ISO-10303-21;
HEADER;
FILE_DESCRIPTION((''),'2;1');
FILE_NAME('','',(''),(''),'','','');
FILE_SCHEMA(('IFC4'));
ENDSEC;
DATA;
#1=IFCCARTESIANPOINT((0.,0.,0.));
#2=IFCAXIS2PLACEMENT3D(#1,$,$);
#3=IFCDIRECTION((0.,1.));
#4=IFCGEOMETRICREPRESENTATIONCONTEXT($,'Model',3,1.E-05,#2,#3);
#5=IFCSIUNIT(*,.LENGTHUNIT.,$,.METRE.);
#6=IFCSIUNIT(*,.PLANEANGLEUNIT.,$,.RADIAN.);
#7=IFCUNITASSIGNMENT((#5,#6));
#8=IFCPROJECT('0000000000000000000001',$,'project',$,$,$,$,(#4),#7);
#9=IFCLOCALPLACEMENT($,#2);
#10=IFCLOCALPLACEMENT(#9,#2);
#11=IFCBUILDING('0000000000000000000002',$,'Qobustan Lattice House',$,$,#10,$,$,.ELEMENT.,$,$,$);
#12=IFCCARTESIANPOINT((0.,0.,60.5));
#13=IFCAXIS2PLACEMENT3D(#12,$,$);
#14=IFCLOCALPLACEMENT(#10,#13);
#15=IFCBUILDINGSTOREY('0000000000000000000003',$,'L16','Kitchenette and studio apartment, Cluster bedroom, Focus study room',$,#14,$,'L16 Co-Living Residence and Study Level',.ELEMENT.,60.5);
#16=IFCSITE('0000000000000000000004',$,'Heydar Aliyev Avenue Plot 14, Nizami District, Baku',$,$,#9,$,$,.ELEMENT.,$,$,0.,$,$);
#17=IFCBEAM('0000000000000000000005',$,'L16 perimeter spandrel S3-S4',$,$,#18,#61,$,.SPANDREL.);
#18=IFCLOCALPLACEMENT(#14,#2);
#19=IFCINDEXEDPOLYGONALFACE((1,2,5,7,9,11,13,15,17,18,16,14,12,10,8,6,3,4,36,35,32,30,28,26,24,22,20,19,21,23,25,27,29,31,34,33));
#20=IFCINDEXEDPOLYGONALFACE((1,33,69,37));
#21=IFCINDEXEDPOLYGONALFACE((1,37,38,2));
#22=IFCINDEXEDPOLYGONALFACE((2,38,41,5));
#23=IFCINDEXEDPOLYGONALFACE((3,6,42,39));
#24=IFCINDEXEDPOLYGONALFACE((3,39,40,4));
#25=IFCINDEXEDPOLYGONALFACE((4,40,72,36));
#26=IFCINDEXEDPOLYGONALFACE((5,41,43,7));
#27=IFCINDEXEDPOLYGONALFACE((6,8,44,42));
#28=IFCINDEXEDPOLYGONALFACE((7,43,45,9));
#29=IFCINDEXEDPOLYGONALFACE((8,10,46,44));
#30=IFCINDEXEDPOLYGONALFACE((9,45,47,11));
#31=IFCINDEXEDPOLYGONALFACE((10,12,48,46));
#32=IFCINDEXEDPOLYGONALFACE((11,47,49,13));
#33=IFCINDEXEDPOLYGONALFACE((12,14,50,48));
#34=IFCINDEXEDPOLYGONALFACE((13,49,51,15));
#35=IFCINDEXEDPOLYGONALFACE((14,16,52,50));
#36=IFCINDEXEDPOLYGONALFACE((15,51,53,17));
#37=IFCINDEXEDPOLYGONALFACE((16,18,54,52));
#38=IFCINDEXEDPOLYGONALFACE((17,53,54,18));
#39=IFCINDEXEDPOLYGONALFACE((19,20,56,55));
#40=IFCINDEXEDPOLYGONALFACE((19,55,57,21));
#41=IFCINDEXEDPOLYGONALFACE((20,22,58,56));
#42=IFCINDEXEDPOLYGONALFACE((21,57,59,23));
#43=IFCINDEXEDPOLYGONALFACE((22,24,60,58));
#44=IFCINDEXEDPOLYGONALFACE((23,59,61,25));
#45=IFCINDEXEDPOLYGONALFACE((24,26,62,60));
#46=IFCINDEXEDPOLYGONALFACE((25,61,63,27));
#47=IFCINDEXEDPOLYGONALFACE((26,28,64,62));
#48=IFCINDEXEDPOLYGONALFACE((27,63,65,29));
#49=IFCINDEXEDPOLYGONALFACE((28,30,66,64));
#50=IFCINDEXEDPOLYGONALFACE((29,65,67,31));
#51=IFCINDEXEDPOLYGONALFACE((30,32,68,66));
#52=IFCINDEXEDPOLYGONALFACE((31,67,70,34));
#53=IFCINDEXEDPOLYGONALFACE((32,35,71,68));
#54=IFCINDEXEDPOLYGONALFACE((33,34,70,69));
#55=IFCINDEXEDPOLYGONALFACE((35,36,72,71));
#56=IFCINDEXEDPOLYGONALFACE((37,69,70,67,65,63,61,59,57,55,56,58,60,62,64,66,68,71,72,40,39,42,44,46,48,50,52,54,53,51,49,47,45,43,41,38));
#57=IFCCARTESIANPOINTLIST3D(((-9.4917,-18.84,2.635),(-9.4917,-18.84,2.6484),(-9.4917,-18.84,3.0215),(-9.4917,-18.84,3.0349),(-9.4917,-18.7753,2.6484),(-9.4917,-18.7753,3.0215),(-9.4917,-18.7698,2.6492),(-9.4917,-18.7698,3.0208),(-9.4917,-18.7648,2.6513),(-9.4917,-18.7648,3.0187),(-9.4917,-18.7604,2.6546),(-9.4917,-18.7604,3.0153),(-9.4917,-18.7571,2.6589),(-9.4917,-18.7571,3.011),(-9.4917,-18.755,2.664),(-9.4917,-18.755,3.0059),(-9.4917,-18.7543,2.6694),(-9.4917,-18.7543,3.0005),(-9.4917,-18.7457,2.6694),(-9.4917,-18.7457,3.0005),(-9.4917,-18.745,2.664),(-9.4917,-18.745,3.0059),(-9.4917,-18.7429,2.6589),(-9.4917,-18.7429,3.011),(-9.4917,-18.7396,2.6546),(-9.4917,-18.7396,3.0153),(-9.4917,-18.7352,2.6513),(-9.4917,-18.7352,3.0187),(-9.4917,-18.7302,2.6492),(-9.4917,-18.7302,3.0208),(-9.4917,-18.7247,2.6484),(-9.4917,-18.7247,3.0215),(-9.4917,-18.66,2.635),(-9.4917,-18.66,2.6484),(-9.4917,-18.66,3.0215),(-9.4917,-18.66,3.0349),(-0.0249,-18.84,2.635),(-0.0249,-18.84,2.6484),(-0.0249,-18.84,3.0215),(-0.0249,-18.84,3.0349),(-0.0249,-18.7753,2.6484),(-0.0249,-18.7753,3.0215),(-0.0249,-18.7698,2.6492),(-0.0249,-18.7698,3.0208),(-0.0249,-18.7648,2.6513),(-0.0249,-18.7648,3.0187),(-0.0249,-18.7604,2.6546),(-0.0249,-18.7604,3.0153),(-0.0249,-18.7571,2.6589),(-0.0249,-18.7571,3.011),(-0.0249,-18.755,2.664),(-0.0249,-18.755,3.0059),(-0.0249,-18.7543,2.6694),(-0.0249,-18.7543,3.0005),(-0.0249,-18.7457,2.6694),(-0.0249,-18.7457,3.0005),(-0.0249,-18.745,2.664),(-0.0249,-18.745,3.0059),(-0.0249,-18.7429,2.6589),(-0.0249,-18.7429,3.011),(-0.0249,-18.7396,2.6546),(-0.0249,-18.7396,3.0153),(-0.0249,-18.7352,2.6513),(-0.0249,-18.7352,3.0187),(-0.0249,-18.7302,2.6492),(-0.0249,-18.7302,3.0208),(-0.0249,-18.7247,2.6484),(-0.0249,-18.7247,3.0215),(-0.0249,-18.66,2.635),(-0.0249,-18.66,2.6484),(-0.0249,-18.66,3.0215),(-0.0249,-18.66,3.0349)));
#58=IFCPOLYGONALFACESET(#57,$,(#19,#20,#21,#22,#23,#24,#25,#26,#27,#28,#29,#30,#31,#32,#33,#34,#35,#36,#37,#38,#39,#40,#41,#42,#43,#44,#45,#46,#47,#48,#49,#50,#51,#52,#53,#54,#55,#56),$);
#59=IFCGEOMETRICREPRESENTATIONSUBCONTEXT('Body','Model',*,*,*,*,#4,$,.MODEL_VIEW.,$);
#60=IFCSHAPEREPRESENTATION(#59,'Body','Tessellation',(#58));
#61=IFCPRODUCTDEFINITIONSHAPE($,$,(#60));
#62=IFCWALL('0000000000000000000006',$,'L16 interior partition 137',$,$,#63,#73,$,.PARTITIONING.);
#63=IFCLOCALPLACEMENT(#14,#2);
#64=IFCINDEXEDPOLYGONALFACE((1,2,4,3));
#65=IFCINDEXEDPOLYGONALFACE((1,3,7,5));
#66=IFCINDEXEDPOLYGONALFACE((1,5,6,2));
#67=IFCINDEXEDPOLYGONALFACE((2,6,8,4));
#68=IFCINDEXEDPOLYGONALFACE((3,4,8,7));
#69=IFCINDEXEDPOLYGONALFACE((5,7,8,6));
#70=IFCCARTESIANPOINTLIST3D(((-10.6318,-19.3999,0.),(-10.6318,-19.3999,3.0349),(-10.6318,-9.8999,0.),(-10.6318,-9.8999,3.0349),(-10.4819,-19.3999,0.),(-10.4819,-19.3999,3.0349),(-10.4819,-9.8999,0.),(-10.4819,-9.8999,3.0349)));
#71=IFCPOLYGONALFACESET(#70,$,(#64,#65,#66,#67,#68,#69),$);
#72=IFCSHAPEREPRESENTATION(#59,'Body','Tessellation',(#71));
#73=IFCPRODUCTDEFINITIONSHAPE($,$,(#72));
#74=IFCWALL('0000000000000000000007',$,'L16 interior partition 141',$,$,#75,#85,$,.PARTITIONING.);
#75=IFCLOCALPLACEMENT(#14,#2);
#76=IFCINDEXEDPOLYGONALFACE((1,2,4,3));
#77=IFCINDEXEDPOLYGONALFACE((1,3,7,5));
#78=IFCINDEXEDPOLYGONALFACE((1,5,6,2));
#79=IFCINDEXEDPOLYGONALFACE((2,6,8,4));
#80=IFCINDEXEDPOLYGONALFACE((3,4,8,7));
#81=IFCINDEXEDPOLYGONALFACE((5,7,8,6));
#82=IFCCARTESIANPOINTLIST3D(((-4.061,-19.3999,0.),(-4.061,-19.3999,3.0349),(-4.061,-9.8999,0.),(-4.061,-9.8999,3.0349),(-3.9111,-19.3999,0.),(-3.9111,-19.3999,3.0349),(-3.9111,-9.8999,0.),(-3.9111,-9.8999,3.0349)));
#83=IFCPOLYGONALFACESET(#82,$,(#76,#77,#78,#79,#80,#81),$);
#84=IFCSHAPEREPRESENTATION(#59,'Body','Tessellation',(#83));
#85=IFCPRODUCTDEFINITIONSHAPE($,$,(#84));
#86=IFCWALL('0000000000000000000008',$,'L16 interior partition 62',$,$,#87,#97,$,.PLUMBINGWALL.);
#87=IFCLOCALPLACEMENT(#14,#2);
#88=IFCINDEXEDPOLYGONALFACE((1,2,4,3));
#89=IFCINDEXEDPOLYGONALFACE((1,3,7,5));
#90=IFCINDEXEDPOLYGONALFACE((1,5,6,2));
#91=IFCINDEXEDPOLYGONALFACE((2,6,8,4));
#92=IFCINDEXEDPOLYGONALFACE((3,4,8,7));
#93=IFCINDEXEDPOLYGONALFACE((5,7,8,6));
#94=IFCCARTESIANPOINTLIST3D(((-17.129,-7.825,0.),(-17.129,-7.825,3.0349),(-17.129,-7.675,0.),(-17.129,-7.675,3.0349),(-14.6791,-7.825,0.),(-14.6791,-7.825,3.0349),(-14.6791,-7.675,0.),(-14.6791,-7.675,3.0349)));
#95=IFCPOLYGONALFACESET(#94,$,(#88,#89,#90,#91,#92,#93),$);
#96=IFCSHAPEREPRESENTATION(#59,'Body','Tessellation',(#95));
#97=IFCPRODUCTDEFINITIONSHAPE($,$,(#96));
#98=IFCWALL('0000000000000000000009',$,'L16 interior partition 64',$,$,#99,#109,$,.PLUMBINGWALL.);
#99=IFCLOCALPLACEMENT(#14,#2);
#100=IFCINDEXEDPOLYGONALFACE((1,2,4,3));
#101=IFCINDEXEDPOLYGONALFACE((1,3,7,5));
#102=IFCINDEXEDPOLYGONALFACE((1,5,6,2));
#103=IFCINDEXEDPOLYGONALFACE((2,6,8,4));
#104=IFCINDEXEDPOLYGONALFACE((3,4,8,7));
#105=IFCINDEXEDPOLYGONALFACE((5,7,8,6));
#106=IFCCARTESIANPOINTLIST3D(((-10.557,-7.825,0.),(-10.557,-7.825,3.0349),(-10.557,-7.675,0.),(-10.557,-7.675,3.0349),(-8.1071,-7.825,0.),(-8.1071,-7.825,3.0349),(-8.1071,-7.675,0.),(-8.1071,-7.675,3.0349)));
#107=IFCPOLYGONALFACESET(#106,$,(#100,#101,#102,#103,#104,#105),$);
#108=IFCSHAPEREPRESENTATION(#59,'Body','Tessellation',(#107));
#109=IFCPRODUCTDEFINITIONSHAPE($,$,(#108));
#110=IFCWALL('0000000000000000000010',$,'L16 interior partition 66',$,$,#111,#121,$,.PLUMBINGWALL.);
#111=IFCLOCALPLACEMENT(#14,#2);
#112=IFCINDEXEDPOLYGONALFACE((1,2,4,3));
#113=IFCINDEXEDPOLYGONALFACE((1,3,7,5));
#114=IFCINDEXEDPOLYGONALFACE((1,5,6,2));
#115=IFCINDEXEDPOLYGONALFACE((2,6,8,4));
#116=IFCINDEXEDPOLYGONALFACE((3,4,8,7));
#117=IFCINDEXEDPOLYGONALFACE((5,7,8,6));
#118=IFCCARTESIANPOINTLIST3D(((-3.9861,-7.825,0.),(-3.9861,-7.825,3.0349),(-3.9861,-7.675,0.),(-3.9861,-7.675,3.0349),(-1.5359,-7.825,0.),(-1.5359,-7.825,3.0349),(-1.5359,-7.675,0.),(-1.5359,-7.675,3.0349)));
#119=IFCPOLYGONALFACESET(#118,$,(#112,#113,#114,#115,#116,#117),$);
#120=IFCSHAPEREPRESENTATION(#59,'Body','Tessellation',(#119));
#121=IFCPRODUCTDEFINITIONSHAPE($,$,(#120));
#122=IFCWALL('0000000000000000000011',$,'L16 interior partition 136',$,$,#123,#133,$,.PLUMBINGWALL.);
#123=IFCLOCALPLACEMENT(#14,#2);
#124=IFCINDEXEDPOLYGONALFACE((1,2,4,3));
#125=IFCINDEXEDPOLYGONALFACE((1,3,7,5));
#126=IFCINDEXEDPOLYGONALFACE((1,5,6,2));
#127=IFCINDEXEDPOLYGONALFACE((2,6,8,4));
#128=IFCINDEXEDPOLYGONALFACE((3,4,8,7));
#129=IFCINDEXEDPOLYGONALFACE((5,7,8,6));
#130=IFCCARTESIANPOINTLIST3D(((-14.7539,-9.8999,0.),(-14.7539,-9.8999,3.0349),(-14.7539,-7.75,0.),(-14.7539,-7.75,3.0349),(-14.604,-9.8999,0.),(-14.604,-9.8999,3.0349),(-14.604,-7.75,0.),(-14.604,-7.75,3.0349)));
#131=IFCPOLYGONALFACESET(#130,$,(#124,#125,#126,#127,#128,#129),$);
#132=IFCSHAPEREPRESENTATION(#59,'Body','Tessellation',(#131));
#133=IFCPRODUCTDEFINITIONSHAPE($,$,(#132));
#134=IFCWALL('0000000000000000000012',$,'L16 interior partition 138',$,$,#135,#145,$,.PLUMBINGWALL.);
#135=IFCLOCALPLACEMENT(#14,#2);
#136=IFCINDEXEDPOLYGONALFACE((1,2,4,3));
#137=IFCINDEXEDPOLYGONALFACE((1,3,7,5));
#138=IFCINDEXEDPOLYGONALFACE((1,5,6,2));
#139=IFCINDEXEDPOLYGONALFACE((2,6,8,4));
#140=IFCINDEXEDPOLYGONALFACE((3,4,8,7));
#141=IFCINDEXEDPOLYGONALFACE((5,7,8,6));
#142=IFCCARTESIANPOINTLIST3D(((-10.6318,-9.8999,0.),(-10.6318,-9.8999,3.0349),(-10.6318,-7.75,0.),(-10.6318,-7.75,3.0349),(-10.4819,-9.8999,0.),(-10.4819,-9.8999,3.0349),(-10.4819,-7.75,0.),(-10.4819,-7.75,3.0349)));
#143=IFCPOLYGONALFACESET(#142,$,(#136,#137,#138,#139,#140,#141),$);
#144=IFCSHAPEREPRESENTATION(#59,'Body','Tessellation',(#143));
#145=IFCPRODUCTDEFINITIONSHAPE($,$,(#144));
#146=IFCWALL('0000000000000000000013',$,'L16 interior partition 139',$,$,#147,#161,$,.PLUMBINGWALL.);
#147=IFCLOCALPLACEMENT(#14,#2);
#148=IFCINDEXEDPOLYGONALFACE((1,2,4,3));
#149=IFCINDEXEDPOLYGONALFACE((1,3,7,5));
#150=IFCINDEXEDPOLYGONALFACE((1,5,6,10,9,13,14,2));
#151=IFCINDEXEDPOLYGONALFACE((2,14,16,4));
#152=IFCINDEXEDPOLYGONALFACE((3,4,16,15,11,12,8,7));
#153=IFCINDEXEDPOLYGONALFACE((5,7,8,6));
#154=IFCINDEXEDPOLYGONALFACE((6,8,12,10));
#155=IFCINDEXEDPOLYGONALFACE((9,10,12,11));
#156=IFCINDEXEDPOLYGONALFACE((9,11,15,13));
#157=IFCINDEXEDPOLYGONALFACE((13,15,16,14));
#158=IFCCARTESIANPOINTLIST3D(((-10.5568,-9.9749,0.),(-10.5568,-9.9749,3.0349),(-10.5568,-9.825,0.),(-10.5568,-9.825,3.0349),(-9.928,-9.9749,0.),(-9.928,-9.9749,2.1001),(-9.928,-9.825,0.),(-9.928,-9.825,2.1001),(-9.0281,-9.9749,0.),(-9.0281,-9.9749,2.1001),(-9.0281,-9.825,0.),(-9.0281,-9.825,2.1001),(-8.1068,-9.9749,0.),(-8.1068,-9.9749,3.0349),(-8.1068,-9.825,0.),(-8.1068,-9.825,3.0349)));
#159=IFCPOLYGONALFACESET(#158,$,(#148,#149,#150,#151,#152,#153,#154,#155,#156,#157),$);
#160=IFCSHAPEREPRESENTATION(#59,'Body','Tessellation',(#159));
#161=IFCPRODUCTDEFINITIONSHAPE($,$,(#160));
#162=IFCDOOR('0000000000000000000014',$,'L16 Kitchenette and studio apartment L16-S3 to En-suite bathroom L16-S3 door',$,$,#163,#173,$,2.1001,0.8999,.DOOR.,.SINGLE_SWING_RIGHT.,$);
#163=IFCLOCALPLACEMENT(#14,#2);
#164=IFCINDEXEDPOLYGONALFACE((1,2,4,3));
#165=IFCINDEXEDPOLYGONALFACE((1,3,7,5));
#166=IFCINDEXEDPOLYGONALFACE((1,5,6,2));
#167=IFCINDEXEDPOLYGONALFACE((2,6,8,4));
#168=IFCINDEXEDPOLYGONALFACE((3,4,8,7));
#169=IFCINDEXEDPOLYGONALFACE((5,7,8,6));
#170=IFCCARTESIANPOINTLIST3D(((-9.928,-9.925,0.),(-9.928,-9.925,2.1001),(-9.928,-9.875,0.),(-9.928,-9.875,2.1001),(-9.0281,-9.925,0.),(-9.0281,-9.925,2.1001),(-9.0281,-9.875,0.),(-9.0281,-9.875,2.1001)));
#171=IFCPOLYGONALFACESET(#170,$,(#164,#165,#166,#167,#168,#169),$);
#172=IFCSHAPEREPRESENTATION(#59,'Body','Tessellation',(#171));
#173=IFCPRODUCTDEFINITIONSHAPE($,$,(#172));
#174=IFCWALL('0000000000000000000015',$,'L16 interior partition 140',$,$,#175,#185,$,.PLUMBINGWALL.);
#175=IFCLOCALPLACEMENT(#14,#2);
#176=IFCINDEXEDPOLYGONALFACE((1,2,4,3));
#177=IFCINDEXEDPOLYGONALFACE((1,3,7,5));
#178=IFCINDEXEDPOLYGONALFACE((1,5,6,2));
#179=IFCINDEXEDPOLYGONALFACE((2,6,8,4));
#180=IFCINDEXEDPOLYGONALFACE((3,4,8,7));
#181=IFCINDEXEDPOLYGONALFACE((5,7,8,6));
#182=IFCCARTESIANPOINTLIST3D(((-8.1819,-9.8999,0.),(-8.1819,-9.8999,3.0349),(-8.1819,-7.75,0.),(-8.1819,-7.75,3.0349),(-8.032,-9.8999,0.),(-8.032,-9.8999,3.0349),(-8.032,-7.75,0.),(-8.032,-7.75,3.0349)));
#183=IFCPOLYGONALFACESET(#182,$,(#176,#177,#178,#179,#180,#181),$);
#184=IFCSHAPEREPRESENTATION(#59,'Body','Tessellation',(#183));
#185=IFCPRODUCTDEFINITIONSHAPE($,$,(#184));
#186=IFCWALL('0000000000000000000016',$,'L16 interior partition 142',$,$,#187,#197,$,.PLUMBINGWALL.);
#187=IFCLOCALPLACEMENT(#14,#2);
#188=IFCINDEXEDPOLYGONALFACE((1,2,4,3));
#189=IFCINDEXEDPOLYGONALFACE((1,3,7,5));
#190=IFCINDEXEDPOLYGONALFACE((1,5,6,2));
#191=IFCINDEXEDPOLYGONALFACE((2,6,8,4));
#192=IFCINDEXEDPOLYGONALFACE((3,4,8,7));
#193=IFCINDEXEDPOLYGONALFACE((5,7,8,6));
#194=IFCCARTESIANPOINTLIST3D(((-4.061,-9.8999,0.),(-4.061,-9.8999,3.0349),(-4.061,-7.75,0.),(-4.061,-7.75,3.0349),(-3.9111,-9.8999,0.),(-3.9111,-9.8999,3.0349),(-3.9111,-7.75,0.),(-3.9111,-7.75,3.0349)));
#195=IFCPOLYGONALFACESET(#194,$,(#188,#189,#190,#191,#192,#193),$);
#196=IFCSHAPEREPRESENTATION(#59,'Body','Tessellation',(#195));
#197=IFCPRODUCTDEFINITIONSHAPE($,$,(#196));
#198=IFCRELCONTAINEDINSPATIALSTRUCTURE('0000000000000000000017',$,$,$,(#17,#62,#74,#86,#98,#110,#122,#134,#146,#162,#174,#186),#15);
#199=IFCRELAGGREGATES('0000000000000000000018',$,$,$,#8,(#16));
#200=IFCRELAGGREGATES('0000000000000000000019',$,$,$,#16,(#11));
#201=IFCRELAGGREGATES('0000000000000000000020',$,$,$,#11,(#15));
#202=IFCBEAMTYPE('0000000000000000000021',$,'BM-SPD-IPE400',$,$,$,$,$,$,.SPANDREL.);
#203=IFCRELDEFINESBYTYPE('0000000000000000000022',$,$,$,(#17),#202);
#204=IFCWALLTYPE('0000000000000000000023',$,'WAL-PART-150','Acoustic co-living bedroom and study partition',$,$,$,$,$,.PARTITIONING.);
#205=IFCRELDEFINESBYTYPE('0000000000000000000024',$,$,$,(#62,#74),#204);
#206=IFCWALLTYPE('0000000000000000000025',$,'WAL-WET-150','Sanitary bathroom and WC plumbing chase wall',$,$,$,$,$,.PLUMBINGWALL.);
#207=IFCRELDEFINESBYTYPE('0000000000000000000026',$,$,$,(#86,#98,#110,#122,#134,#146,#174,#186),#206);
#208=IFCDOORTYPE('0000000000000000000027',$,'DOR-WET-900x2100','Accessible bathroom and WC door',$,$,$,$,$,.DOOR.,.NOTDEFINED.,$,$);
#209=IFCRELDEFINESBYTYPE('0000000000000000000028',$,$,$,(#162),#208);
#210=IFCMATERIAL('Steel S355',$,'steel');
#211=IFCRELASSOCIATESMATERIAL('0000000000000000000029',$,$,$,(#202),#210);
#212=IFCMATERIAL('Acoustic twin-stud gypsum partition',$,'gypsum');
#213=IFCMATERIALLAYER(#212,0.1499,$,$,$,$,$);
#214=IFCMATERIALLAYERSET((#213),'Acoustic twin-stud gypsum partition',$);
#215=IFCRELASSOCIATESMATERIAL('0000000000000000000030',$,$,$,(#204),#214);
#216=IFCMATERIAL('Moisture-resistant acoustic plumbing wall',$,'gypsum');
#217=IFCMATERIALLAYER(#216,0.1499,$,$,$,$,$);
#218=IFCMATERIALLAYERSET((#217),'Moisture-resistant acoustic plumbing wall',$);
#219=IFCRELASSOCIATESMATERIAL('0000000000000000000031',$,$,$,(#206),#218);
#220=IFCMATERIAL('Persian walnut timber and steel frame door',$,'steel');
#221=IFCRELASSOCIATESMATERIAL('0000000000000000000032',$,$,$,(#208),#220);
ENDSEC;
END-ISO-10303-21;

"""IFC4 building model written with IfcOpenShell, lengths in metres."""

from ifc_helpers import new_model, si_unit, direction, frame, frame_2d, origin, origin_2d, place, context, subcontext, project, spatial, rectangle, i_section, extrude, material, layer, layer_set, material_profile, profile_set, type_object, element, fill, save


model = new_model("IFC4")

# Units and contexts
model_context = context("Model", 3, precision=1e-05, world=origin(), true_north=direction((0.0, 1.0)))
body_context = subcontext(model_context, "Body", "Model", "MODEL_VIEW")
ifc_project = project(units=[si_unit("LENGTHUNIT", "METRE"), si_unit("PLANEANGLEUNIT", "RADIAN")], contexts=[model_context])

# Site, building, storey
site_placement = place(None, origin())
site = spatial("IfcSite", under=ifc_project, at=site_placement, Name="Heydar Aliyev Avenue Plot 14, Nizami District, Baku", CompositionType="ELEMENT", RefElevation=0.0)
building_placement = place(site_placement, origin())
building = spatial("IfcBuilding", under=site, at=building_placement, Name="Qobustan Lattice House", CompositionType="ELEMENT")
storey_placement = place(building_placement, frame((0.0, 0.0, 60.5)))
storey = spatial("IfcBuildingStorey", under=building, at=storey_placement, Name="L16", Description="Kitchenette and studio apartment, Cluster bedroom, Focus study room", LongName="L16 Co-Living Residence and Study Level", CompositionType="ELEMENT", Elevation=60.5)

# Beam
ifc_material_1 = material(Name="Steel S355", Category="steel")
ifc_material_profile_1 = material_profile(ifc_material_1, i_section(OverallWidth=0.1799, OverallDepth=0.3999, WebThickness=0.0085, FlangeThickness=0.0134, FilletRadius=0.021, at=origin_2d()), Name="IPE400")
ifc_profile_set_1 = profile_set([ifc_material_profile_1], Name="Steel S355")
beam_type_1 = type_object("IfcBeamType", Name="BM-SPD-IPE400", PredefinedType="SPANDREL", material=ifc_profile_set_1)
beam_1_placement = place(storey_placement, frame((-9.4917, -18.75, 2.835), z_axis=(1.0, 0.0, 0.0), x_axis=(0.0, 1.0, 0.0)))
element("IfcBeam", 1, at=beam_1_placement, inside=storey, type_object=beam_type_1, Name="L16 perimeter spandrel S3-S4", PredefinedType="SPANDREL", context=body_context, shape_type="SweptSolid", body=[
    extrude(i_section(OverallWidth=0.1799, OverallDepth=0.3999, WebThickness=0.0085, FlangeThickness=0.0134, FilletRadius=0.021, at=origin_2d()), origin(), (0.0, 0.0, 1.0), 9.4668),
])

# Walls
ifc_material_2 = material(Name="Acoustic twin-stud gypsum partition", Category="gypsum")
ifc_layer_1 = layer(ifc_material_2, 0.1499)
ifc_layer_set_1 = layer_set([ifc_layer_1], Name="Acoustic twin-stud gypsum partition")
wall_type_1 = type_object("IfcWallType", Name="WAL-PART-150", Description="Acoustic co-living bedroom and study partition", PredefinedType="PARTITIONING", material=ifc_layer_set_1)
for number, where, z_axis, x_axis, name in (
    (2, (-10.5569, -9.8999, 0.0), (0.0, 0.0, 1.0), (0.0, -1.0, 0.0), "L16 interior partition 137"),
    (3, (-3.9861, -9.8999, 0.0), (0.0, 0.0, 1.0), (0.0, -1.0, 0.0), "L16 interior partition 141"),
):
    element("IfcWall", number, at=place(storey_placement, frame(where, z_axis=z_axis, x_axis=x_axis)), inside=storey, type_object=wall_type_1, Name=name, PredefinedType="PARTITIONING", context=body_context, shape_type="SweptSolid", body=[
        extrude(rectangle(XDim=9.5, YDim=0.1499, at=frame_2d((4.75, 0.0))), origin(), (0.0, 0.0, 1.0), 3.0349),
    ])
ifc_material_3 = material(Name="Moisture-resistant acoustic plumbing wall", Category="gypsum")
ifc_layer_2 = layer(ifc_material_3, 0.1499)
ifc_layer_set_2 = layer_set([ifc_layer_2], Name="Moisture-resistant acoustic plumbing wall")
wall_type_2 = type_object("IfcWallType", Name="WAL-WET-150", Description="Sanitary bathroom and WC plumbing chase wall", PredefinedType="PLUMBINGWALL", material=ifc_layer_set_2)
for number, where, z_axis, x_axis, name in (
    (4, (-14.679, -7.75, 0.0), (0.0, 0.0, 1.0), (-1.0, 0.0, 0.0), "L16 interior partition 62"),
    (5, (-8.1069, -7.75, 0.0), (0.0, 0.0, 1.0), (-1.0, 0.0, 0.0), "L16 interior partition 64"),
):
    element("IfcWall", number, at=place(storey_placement, frame(where, z_axis=z_axis, x_axis=x_axis)), inside=storey, type_object=wall_type_2, Name=name, PredefinedType="PLUMBINGWALL", context=body_context, shape_type="SweptSolid", body=[
        extrude(rectangle(XDim=2.45, YDim=0.1499, at=frame_2d((1.2251, 0.0))), origin(), (0.0, 0.0, 1.0), 3.0349),
    ])
wall_1_placement = place(storey_placement, frame((-1.5359, -7.75, 0.0), z_axis=(0.0, 0.0, 1.0), x_axis=(-1.0, 0.0, 0.0)))
element("IfcWall", 6, at=wall_1_placement, inside=storey, type_object=wall_type_2, Name="L16 interior partition 66", PredefinedType="PLUMBINGWALL", context=body_context, shape_type="SweptSolid", body=[
    extrude(rectangle(XDim=2.4502, YDim=0.1499, at=frame_2d((1.2251, 0.0))), origin(), (0.0, 0.0, 1.0), 3.0349),
])
for number, where, z_axis, x_axis, name in (
    (7, (-14.679, -9.8999, 0.0), (0.0, 0.0, 1.0), (0.0, 1.0, 0.0), "L16 interior partition 136"),
    (8, (-10.5569, -7.75, 0.0), (0.0, 0.0, 1.0), (0.0, -1.0, 0.0), "L16 interior partition 138"),
):
    element("IfcWall", number, at=place(storey_placement, frame(where, z_axis=z_axis, x_axis=x_axis)), inside=storey, type_object=wall_type_2, Name=name, PredefinedType="PLUMBINGWALL", context=body_context, shape_type="SweptSolid", body=[
        extrude(rectangle(XDim=2.1499, YDim=0.1499, at=frame_2d((1.075, 0.0))), origin(), (0.0, 0.0, 1.0), 3.0349),
    ])

# Wall, opening, door
wall_2_placement = place(storey_placement, frame((-10.5569, -9.8999, 0.0), z_axis=(0.0, 0.0, 1.0), x_axis=(1.0, 0.0, 0.0)))
wall_2 = element("IfcWall", 9, at=wall_2_placement, inside=storey, type_object=wall_type_2, Name="L16 interior partition 139", PredefinedType="PLUMBINGWALL", context=body_context, shape_type="SweptSolid", body=[
    extrude(rectangle(XDim=2.45, YDim=0.1499, at=frame_2d((1.2251, 0.0))), origin(), (0.0, 0.0, 1.0), 3.0349),
])
opening_1_placement = place(wall_2_placement, frame((0.6289, 0.0, 0.0)))
opening_1 = element("IfcOpeningElement", 10, at=opening_1_placement, cuts=wall_2, PredefinedType="OPENING", context=body_context, shape_type="SweptSolid", body=[
    extrude(rectangle(XDim=0.8999, YDim=2.1001, at=frame_2d((0.45, 1.05))), frame((0.0, 0.085, 0.0), z_axis=(0.0, -1.0, 0.0), x_axis=(1.0, 0.0, 0.0)), (0.0, 0.0, 1.0), 0.1699),
])
ifc_material_4 = material(Name="Persian walnut timber and steel frame door", Category="steel")
door_type_1 = type_object("IfcDoorType", Name="DOR-WET-900x2100", Description="Accessible bathroom and WC door", OperationType="NOTDEFINED", PredefinedType="DOOR", material=ifc_material_4)
door_1_placement = place(opening_1_placement, origin())
door_1 = element("IfcDoor", 11, at=door_1_placement, inside=storey, type_object=door_type_1, Name="L16 Kitchenette and studio apartment L16-S3 to En-suite bathroom L16-S3 door", OperationType="SINGLE_SWING_RIGHT", OverallHeight=2.1001, OverallWidth=0.8999, PredefinedType="DOOR", context=body_context, shape_type="SweptSolid", body=[
    extrude(rectangle(XDim=0.8999, YDim=2.1001, at=frame_2d((0.45, 1.05))), frame((0.0, 0.0249, 0.0), z_axis=(0.0, -1.0, 0.0), x_axis=(1.0, 0.0, 0.0)), (0.0, 0.0, 1.0), 0.05),
])
fill(opening_1, door_1)

# Walls
for number, where, z_axis, x_axis, name in (
    (12, (-8.1069, -9.8999, 0.0), (0.0, 0.0, 1.0), (0.0, 1.0, 0.0), "L16 interior partition 140"),
    (13, (-3.9861, -7.75, 0.0), (0.0, 0.0, 1.0), (0.0, -1.0, 0.0), "L16 interior partition 142"),
):
    element("IfcWall", number, at=place(storey_placement, frame(where, z_axis=z_axis, x_axis=x_axis)), inside=storey, type_object=wall_type_2, Name=name, PredefinedType="PLUMBINGWALL", context=body_context, shape_type="SweptSolid", body=[
        extrude(rectangle(XDim=2.1499, YDim=0.1499, at=frame_2d((1.075, 0.0))), origin(), (0.0, 0.0, 1.0), 3.0349),
    ])

save(model, "model.ifc")
